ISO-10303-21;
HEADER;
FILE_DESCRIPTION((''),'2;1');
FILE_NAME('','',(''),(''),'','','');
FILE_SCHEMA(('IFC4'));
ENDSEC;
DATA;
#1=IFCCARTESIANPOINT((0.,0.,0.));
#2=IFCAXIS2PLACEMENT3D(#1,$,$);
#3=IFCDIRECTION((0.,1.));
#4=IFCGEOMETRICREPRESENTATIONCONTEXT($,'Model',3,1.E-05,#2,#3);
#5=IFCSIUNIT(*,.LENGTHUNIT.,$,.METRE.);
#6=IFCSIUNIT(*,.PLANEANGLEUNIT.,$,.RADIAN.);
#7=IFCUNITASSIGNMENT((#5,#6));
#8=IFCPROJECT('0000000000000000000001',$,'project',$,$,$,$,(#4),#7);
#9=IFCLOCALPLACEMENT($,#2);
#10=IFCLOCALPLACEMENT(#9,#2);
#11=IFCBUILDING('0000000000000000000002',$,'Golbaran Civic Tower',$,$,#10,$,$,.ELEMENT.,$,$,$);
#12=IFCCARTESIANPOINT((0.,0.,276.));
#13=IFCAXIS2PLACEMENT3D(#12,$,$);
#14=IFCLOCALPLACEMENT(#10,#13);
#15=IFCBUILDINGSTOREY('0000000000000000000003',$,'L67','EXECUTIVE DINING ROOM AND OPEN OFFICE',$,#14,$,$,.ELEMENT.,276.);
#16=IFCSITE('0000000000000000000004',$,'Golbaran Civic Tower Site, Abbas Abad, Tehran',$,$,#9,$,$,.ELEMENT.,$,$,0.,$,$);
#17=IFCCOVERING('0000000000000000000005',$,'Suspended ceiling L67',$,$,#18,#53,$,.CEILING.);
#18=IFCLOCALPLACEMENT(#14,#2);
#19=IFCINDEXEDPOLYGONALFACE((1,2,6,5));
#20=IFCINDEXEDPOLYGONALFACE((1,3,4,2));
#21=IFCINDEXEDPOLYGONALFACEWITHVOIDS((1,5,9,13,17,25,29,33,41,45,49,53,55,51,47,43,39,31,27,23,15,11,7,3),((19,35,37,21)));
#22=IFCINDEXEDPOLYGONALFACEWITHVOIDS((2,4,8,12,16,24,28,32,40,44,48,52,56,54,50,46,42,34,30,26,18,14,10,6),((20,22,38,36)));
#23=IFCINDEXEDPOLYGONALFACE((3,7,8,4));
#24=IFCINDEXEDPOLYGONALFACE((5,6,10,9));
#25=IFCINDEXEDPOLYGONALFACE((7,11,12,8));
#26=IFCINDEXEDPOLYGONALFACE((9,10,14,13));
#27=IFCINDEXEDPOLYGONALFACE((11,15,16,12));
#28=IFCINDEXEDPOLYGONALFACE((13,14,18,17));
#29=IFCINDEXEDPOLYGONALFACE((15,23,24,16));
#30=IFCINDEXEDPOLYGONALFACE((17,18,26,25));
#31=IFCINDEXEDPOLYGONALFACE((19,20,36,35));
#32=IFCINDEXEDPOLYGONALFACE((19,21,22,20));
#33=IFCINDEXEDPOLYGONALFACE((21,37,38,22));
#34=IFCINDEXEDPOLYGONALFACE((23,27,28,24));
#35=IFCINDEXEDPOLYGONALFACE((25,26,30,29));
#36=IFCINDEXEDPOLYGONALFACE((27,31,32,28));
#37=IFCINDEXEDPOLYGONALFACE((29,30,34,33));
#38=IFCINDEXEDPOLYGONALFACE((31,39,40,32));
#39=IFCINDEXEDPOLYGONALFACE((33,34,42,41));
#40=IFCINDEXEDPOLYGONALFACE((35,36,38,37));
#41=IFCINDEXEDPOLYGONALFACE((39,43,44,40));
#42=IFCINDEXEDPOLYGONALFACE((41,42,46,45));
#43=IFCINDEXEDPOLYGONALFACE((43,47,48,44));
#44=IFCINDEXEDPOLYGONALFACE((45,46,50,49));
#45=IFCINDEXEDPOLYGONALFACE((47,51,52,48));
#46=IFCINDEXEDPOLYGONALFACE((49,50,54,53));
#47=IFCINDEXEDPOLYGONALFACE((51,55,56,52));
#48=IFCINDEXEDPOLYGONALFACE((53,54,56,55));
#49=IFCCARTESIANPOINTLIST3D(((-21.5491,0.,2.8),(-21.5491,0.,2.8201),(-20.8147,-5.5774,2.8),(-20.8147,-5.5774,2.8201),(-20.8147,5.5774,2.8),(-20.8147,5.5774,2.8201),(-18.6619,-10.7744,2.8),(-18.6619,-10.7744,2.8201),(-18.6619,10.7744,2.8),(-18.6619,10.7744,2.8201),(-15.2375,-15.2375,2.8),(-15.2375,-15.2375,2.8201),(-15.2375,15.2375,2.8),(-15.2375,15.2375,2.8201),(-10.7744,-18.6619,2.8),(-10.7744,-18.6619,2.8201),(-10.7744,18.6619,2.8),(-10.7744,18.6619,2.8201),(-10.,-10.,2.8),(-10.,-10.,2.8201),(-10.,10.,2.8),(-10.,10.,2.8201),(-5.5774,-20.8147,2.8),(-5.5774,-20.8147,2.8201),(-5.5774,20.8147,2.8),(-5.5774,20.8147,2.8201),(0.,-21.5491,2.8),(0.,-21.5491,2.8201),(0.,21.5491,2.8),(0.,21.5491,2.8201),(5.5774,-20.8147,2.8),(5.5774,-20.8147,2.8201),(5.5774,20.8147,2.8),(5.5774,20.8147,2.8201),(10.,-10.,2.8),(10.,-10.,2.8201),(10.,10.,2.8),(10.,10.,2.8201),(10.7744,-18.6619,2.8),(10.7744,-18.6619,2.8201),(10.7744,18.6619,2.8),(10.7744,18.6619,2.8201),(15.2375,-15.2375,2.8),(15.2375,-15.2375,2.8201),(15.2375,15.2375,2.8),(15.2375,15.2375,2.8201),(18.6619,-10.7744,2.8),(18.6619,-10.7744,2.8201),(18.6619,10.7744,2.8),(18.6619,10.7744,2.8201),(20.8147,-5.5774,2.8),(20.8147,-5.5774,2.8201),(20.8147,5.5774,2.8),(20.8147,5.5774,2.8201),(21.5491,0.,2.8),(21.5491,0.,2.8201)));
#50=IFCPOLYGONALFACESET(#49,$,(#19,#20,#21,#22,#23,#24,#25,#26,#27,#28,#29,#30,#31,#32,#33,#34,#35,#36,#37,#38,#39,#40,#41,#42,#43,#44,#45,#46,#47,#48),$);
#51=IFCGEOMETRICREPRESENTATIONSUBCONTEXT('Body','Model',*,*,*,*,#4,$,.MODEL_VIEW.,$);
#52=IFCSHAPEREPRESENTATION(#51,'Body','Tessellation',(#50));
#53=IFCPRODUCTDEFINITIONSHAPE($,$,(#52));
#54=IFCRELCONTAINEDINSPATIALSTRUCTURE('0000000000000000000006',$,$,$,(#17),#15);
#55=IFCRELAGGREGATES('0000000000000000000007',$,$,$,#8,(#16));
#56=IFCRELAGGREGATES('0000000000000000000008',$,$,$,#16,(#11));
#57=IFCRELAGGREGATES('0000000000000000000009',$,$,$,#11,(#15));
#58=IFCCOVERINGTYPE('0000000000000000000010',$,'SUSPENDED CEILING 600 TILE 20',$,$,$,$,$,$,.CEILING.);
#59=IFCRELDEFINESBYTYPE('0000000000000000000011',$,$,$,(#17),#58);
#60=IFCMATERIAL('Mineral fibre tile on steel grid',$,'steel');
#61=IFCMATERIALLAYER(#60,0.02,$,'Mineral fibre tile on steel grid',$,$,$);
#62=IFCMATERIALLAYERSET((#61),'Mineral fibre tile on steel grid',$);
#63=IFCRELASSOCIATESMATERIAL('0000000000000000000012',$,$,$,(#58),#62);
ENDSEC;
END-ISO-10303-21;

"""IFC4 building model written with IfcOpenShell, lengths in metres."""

from ifc_helpers import new_model, si_unit, direction, frame, origin, place, context, subcontext, project, spatial, polyline, outline, extrude, material, layer, layer_set, type_object, element, save


model = new_model("IFC4")

# Units and contexts
model_context = context("Model", 3, precision=1e-05, world=origin(), true_north=direction((0.0, 1.0)))
body_context = subcontext(model_context, "Body", "Model", "MODEL_VIEW")
ifc_project = project(units=[si_unit("LENGTHUNIT", "METRE"), si_unit("PLANEANGLEUNIT", "RADIAN")], contexts=[model_context])

# Site, building, storey
site_placement = place(None, origin())
site = spatial("IfcSite", under=ifc_project, at=site_placement, Name="Golbaran Civic Tower Site, Abbas Abad, Tehran", CompositionType="ELEMENT", RefElevation=0.0)
building_placement = place(site_placement, origin())
building = spatial("IfcBuilding", under=site, at=building_placement, Name="Golbaran Civic Tower", CompositionType="ELEMENT")
storey_placement = place(building_placement, frame((0.0, 0.0, 276.0)))
storey = spatial("IfcBuildingStorey", under=building, at=storey_placement, Name="L67", Description="EXECUTIVE DINING ROOM AND OPEN OFFICE", CompositionType="ELEMENT", Elevation=276.0)

# Covering
ifc_material_1 = material(Name="Mineral fibre tile on steel grid", Category="steel")
ifc_layer_1 = layer(ifc_material_1, 0.02, Name="Mineral fibre tile on steel grid")
ifc_layer_set_1 = layer_set([ifc_layer_1], Name="Mineral fibre tile on steel grid")
covering_type = type_object("IfcCoveringType", Name="SUSPENDED CEILING 600 TILE 20", PredefinedType="CEILING", material=ifc_layer_set_1)
covering_placement = place(storey_placement, frame((0.0, 0.0, 2.8)))
element("IfcCovering", 1, at=covering_placement, inside=storey, type_object=covering_type, Name="Suspended ceiling L67", PredefinedType="CEILING", context=body_context, shape_type="SweptSolid", body=[
    extrude(outline(polyline([(-20.8147, 5.5774), (-18.6619, 10.7744), (-15.2375, 15.2375), (-10.7744, 18.6619), (-5.5774, 20.8147), (0.0, 21.5491), (5.5774, 20.8147), (10.7744, 18.6619), (15.2375, 15.2375), (18.6619, 10.7744), (20.8147, 5.5774), (21.5491, 0.0), (20.8147, -5.5774), (18.6619, -10.7744), (15.2375, -15.2375), (10.7744, -18.6619), (5.5774, -20.8147), (0.0, -21.5491), (-5.5774, -20.8147), (-10.7744, -18.6619), (-15.2375, -15.2375), (-18.6619, -10.7744), (-20.8147, -5.5774), (-21.5491, 0.0), (-20.8147, 5.5774)]), holes=[polyline([(-10.0, 10.0), (-10.0, -10.0), (10.0, -10.0), (10.0, 10.0), (-10.0, 10.0)])]), origin(), (0.0, 0.0, 1.0), 0.02),
])

save(model, "model.ifc")
